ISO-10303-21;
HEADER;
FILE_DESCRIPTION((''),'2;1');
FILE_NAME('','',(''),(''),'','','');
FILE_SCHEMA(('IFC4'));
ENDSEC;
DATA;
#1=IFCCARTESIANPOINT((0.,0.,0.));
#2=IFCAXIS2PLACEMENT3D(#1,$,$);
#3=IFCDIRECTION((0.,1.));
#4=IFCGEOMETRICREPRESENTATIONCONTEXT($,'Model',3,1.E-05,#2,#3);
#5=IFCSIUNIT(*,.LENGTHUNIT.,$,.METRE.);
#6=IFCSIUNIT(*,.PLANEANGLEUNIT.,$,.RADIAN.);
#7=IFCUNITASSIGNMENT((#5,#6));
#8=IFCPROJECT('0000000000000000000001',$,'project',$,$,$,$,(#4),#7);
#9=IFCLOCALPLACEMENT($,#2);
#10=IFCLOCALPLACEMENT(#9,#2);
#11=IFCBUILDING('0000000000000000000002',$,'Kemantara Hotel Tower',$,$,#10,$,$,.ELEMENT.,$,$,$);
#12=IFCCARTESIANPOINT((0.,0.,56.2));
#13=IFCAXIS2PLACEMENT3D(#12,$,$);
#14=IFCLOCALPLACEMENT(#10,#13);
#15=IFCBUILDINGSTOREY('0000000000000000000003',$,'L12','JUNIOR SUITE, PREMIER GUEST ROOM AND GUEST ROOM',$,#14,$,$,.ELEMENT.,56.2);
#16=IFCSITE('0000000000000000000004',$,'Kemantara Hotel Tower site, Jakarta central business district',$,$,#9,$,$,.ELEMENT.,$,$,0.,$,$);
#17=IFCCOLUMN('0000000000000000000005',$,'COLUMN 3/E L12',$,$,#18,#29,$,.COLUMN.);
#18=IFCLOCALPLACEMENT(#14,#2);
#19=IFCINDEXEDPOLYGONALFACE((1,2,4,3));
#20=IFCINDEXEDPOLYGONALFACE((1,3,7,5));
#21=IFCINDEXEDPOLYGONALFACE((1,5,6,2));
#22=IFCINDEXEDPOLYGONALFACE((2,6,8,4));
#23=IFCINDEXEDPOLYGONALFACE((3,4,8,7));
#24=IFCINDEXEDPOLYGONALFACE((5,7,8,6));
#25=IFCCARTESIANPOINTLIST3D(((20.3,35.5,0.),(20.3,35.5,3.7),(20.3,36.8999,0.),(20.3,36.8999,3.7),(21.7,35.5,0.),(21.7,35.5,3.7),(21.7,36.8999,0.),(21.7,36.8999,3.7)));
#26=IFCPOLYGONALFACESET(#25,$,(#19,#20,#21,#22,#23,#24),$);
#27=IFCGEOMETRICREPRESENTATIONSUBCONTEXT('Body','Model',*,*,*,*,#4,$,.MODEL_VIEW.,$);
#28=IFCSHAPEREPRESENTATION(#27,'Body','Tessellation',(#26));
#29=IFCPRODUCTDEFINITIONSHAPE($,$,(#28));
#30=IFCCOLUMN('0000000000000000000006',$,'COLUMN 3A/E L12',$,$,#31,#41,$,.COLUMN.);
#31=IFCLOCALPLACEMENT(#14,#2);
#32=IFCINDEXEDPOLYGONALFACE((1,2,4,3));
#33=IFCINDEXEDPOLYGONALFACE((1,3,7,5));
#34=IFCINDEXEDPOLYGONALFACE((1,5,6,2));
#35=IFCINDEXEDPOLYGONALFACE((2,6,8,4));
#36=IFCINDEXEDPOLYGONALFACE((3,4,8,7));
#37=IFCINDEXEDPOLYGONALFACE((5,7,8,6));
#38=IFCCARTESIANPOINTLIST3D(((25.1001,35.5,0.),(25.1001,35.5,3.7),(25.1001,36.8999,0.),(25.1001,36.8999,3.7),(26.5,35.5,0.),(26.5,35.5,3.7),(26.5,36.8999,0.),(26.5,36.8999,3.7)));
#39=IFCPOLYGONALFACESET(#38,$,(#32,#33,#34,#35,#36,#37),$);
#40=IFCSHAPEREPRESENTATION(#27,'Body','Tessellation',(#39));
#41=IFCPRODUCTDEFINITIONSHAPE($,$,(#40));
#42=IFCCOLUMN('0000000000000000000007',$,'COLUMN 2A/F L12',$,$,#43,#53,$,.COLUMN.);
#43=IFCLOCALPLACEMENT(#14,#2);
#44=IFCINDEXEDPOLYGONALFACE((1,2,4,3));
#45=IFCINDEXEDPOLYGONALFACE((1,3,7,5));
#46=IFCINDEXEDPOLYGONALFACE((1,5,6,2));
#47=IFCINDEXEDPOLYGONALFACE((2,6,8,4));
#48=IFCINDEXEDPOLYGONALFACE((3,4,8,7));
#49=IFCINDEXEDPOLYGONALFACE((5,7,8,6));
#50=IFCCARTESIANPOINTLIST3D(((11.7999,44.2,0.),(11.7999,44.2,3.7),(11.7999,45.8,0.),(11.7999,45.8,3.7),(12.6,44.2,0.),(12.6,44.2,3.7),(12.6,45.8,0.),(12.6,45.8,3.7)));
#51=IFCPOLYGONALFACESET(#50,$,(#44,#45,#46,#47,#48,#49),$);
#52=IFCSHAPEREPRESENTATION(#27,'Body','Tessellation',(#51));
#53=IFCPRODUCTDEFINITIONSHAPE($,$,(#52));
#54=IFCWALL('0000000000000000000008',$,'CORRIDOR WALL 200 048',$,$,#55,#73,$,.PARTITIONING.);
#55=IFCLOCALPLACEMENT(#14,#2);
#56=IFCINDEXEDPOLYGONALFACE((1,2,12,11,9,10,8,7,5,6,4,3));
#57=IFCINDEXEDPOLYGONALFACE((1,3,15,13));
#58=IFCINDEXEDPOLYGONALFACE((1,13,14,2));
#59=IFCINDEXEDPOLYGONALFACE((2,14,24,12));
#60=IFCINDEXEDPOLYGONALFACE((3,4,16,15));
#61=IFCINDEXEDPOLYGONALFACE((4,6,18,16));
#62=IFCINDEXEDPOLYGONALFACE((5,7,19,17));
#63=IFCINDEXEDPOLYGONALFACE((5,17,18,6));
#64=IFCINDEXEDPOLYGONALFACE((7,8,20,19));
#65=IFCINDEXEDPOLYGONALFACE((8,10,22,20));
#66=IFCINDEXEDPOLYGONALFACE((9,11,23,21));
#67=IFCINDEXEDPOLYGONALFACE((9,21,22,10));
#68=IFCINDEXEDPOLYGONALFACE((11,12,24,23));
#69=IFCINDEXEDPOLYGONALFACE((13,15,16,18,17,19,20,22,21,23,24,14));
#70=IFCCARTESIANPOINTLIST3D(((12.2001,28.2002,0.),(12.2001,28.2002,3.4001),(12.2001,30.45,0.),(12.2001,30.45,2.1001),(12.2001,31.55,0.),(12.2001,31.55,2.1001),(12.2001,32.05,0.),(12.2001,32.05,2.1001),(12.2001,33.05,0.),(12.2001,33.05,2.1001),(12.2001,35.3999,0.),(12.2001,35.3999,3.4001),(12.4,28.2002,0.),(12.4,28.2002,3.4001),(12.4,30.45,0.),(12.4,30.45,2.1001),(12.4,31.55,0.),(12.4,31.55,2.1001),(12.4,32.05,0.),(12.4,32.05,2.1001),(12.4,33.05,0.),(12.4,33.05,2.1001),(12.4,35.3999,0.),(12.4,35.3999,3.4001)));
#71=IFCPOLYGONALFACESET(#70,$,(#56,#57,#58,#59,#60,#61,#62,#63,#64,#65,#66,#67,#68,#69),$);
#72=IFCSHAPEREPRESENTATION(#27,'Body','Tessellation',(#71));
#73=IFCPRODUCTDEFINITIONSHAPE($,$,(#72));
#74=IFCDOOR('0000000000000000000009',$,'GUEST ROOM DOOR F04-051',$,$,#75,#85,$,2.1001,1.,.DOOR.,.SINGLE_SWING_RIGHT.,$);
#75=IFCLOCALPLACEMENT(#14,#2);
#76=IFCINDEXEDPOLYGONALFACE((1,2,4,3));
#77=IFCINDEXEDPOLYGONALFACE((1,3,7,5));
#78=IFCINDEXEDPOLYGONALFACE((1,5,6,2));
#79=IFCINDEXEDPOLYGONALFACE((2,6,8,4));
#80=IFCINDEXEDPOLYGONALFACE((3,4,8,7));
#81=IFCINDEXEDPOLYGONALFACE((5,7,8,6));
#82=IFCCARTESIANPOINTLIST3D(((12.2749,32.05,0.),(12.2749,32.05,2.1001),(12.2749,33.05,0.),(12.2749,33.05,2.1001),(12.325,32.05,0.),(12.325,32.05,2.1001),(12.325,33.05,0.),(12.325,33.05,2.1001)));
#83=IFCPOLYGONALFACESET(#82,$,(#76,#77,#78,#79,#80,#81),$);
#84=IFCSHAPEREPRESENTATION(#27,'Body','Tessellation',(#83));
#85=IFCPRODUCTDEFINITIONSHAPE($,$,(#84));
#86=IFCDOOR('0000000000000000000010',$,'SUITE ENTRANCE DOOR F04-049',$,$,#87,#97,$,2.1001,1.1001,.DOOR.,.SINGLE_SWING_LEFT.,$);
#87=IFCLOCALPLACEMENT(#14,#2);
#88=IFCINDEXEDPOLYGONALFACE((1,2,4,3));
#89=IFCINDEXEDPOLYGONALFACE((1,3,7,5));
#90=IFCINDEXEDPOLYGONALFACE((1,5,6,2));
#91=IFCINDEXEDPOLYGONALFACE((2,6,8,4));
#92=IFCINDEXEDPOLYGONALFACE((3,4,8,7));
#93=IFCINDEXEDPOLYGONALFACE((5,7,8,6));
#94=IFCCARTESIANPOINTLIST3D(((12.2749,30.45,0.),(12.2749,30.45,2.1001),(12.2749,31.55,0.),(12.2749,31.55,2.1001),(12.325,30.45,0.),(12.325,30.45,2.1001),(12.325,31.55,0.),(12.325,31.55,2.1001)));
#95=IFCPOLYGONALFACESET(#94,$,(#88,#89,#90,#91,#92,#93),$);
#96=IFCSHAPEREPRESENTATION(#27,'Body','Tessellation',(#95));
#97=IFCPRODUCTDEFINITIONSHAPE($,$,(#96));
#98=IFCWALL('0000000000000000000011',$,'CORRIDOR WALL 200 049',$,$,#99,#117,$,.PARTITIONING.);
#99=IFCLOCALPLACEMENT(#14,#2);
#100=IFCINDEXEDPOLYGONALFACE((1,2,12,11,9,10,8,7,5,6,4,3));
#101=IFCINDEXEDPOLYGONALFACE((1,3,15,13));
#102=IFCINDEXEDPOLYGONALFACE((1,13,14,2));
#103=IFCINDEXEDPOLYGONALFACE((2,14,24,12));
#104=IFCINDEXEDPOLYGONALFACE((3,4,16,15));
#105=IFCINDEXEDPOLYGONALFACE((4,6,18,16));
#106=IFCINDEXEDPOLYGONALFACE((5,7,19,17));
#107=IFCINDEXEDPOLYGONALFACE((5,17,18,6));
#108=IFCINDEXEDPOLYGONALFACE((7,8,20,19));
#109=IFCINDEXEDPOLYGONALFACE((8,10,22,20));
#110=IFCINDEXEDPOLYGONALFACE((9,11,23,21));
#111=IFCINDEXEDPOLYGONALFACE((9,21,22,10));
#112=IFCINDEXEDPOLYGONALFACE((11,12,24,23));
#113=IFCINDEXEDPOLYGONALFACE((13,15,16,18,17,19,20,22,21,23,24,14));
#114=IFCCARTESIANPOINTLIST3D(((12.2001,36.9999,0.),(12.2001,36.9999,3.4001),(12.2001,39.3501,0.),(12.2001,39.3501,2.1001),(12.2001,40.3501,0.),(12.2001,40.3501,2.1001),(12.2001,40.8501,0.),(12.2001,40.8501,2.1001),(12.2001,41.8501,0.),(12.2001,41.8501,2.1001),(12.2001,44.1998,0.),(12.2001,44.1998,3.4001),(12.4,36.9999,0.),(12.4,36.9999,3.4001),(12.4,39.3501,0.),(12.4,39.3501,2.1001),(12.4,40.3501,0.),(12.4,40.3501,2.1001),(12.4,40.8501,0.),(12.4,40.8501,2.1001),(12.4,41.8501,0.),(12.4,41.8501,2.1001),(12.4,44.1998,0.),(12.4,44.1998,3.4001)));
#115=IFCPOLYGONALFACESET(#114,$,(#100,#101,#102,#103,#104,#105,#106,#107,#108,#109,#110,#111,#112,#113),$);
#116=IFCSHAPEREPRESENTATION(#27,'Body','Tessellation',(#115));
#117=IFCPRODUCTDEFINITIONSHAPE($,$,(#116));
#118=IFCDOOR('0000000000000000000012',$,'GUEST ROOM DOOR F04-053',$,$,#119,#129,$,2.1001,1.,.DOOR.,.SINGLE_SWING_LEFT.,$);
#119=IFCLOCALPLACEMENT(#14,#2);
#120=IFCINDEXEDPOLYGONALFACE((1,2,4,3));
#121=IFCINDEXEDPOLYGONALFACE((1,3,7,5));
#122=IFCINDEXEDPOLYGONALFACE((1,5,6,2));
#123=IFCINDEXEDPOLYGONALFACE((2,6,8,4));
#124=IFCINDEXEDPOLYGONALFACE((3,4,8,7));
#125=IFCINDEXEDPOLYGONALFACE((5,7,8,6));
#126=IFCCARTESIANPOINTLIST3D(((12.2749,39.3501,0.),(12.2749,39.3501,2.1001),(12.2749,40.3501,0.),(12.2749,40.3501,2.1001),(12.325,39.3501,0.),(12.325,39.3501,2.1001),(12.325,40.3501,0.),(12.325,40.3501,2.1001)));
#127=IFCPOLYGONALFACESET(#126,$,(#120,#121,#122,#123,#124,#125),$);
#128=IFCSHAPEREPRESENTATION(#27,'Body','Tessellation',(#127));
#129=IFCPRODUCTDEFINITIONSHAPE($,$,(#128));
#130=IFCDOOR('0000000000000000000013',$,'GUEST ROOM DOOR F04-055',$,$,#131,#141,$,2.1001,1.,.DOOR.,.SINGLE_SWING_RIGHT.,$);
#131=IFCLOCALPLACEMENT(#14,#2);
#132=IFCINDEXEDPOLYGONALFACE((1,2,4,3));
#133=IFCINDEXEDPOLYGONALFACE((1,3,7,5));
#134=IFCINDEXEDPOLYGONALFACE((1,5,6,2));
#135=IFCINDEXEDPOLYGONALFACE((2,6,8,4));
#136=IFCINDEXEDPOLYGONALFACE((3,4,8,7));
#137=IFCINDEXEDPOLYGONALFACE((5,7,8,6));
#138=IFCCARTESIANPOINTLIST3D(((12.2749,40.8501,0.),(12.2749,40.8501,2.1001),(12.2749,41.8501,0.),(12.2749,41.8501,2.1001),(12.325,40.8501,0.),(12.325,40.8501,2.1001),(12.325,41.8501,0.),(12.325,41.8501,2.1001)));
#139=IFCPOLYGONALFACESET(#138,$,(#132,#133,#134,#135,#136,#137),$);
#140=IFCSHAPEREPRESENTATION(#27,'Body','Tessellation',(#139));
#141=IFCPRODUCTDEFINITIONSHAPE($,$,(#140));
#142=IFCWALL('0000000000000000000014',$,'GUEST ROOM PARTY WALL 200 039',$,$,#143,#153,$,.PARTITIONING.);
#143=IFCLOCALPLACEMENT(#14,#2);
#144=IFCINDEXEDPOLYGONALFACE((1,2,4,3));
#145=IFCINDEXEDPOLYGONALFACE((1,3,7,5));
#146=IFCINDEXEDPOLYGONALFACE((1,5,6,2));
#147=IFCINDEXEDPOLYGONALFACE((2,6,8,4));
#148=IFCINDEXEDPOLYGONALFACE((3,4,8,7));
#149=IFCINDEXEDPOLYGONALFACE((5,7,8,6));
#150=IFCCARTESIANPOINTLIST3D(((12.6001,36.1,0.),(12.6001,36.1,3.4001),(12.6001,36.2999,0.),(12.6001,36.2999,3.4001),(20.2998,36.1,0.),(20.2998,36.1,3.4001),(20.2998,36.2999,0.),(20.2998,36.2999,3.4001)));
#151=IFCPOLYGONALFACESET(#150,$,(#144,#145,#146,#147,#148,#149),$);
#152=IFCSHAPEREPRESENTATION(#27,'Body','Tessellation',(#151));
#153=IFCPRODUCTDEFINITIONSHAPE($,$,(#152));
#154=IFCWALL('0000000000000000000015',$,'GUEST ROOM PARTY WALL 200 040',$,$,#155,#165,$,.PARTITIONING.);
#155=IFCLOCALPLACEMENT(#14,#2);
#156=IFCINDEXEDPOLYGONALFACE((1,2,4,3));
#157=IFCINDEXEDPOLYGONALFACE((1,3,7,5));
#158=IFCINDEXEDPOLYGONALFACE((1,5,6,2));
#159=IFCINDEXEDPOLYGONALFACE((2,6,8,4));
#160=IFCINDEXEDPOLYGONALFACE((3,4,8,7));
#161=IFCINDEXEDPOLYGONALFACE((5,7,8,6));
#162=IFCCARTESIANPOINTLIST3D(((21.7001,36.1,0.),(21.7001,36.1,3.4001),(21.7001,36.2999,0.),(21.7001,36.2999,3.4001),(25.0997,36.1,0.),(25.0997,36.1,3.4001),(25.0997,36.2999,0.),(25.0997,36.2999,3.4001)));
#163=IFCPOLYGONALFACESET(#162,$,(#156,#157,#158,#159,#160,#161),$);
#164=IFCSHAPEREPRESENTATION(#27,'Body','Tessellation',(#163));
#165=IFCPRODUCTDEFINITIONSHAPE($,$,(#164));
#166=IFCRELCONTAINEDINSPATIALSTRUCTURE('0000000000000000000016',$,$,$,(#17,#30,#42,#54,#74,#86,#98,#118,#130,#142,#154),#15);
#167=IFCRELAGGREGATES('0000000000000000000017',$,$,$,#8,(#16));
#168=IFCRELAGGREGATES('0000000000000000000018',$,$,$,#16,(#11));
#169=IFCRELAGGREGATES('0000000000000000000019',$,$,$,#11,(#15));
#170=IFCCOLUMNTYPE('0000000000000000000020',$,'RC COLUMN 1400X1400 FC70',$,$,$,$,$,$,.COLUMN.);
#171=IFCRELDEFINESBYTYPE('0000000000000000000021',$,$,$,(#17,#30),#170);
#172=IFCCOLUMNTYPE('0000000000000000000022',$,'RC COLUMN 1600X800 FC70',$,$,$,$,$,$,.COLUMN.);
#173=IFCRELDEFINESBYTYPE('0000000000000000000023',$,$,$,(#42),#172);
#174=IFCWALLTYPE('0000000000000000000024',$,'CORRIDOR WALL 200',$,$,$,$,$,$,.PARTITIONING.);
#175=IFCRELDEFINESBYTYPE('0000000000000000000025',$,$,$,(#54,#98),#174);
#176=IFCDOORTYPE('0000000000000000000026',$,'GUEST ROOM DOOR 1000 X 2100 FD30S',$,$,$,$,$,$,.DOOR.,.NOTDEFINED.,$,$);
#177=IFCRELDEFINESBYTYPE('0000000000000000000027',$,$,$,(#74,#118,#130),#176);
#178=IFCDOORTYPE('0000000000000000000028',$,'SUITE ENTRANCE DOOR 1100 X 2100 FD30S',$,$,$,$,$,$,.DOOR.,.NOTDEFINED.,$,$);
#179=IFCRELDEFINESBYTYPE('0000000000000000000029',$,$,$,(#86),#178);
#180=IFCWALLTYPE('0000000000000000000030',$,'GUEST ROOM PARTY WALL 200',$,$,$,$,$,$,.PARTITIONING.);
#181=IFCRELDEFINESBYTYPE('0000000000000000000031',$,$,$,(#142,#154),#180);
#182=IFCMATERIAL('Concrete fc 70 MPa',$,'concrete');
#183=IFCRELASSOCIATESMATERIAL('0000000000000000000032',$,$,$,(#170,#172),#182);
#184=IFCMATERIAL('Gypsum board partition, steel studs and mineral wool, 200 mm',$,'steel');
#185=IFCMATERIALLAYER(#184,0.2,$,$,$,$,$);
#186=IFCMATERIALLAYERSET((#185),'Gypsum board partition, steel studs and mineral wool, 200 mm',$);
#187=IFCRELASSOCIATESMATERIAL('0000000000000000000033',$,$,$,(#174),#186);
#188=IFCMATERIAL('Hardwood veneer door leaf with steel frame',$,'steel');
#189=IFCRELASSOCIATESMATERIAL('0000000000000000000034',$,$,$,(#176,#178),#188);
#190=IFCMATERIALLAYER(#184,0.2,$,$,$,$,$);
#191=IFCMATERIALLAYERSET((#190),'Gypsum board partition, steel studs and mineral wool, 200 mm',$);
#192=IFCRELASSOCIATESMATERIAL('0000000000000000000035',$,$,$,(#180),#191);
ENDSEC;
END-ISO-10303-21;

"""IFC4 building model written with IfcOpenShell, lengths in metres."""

from ifc_helpers import new_model, si_unit, direction, frame, frame_2d, origin, origin_2d, place, context, subcontext, project, spatial, rectangle, extrude, material, layer, layer_set, material_profile, profile_set, type_object, element, fill, save


model = new_model("IFC4")

# Units and contexts
model_context = context("Model", 3, precision=1e-05, world=origin(), true_north=direction((0.0, 1.0)))
body_context = subcontext(model_context, "Body", "Model", "MODEL_VIEW")
ifc_project = project(units=[si_unit("LENGTHUNIT", "METRE"), si_unit("PLANEANGLEUNIT", "RADIAN")], contexts=[model_context])

# Site, building, storey
site_placement = place(None, origin())
site = spatial("IfcSite", under=ifc_project, at=site_placement, Name="Kemantara Hotel Tower site, Jakarta central business district", CompositionType="ELEMENT", RefElevation=0.0)
building_placement = place(site_placement, origin())
building = spatial("IfcBuilding", under=site, at=building_placement, Name="Kemantara Hotel Tower", CompositionType="ELEMENT")
storey_placement = place(building_placement, frame((0.0, 0.0, 56.2)))
storey = spatial("IfcBuildingStorey", under=building, at=storey_placement, Name="L12", Description="JUNIOR SUITE, PREMIER GUEST ROOM AND GUEST ROOM", CompositionType="ELEMENT", Elevation=56.2)

# Columns
ifc_material_1 = material(Name="Concrete fc 70 MPa", Category="concrete")
ifc_material_profile_1 = material_profile(ifc_material_1, rectangle(XDim=1.3999, YDim=1.3999, at=origin_2d()), Name="RC 1400X1400")
ifc_profile_set_1 = profile_set([ifc_material_profile_1], Name="Concrete fc 70 MPa")
column_type_1 = type_object("IfcColumnType", Name="RC COLUMN 1400X1400 FC70", PredefinedType="COLUMN", material=ifc_profile_set_1)
for number, where, z_axis, x_axis, name in (
    (1, (21.0, 36.2, 0.0), (0.0, 0.0, 1.0), (1.0, 0.0, 0.0), "COLUMN 3/E L12"),
    (2, (25.8, 36.2, 0.0), (0.0, 0.0, 1.0), (1.0, 0.0, 0.0), "COLUMN 3A/E L12"),
):
    element("IfcColumn", number, at=place(storey_placement, frame(where, z_axis=z_axis, x_axis=x_axis)), inside=storey, type_object=column_type_1, Name=name, PredefinedType="COLUMN", context=body_context, shape_type="SweptSolid", body=[
        extrude(rectangle(XDim=1.3999, YDim=1.3999, at=origin_2d()), origin(), (0.0, 0.0, 1.0), 3.7),
    ])
ifc_material_profile_2 = material_profile(ifc_material_1, rectangle(XDim=1.6001, YDim=0.8, at=origin_2d()), Name="RC 1600X800")
ifc_profile_set_2 = profile_set([ifc_material_profile_2], Name="Concrete fc 70 MPa")
column_type_2 = type_object("IfcColumnType", Name="RC COLUMN 1600X800 FC70", PredefinedType="COLUMN", material=ifc_profile_set_2)
column_placement = place(storey_placement, frame((12.2, 45.0, 0.0), z_axis=(0.0, 0.0, 1.0), x_axis=(0.0, 1.0, 0.0)))
element("IfcColumn", 3, at=column_placement, inside=storey, type_object=column_type_2, Name="COLUMN 2A/F L12", PredefinedType="COLUMN", context=body_context, shape_type="SweptSolid", body=[
    extrude(rectangle(XDim=1.6001, YDim=0.8, at=origin_2d()), origin(), (0.0, 0.0, 1.0), 3.7),
])

# Walls, openings, doors
ifc_material_2 = material(Name="Gypsum board partition, steel studs and mineral wool, 200 mm", Category="steel")
ifc_layer_1 = layer(ifc_material_2, 0.2)
ifc_layer_set_1 = layer_set([ifc_layer_1], Name="Gypsum board partition, steel studs and mineral wool, 200 mm")
wall_type_1 = type_object("IfcWallType", Name="CORRIDOR WALL 200", PredefinedType="PARTITIONING", material=ifc_layer_set_1)
wall_1_placement = place(storey_placement, frame((12.3, 35.3999, 0.0), z_axis=(0.0, 0.0, 1.0), x_axis=(0.0, -1.0, 0.0)))
wall_1 = element("IfcWall", 4, at=wall_1_placement, inside=storey, type_object=wall_type_1, Name="CORRIDOR WALL 200 048", PredefinedType="PARTITIONING", context=body_context, shape_type="SweptSolid", body=[
    extrude(rectangle(XDim=7.1997, YDim=0.2, at=frame_2d((3.5999, 0.0))), origin(), (0.0, 0.0, 1.0), 3.4001),
])
opening_1_placement = place(wall_1_placement, frame((3.8499, 0.0, 0.0)))
opening_1 = element("IfcOpeningElement", 5, at=opening_1_placement, cuts=wall_1, PredefinedType="OPENING", context=body_context, shape_type="SweptSolid", body=[
    extrude(rectangle(XDim=1.1001, YDim=2.1001, at=frame_2d((0.55, 1.05))), frame((0.0, 0.1099, 0.0), z_axis=(0.0, -1.0, 0.0), x_axis=(1.0, 0.0, 0.0)), (0.0, 0.0, 1.0), 0.22),
])
opening_2_placement = place(wall_1_placement, frame((2.3499, 0.0, 0.0)))
opening_2 = element("IfcOpeningElement", 6, at=opening_2_placement, cuts=wall_1, PredefinedType="OPENING", context=body_context, shape_type="SweptSolid", body=[
    extrude(rectangle(XDim=1.0, YDim=2.1001, at=frame_2d((0.5, 1.05))), frame((0.0, 0.1099, 0.0), z_axis=(0.0, -1.0, 0.0), x_axis=(1.0, 0.0, 0.0)), (0.0, 0.0, 1.0), 0.22),
])
ifc_material_3 = material(Name="Hardwood veneer door leaf with steel frame", Category="steel")
door_type_1 = type_object("IfcDoorType", Name="GUEST ROOM DOOR 1000 X 2100 FD30S", OperationType="NOTDEFINED", PredefinedType="DOOR", material=ifc_material_3)
door_1_placement = place(opening_2_placement, origin())
door_1 = element("IfcDoor", 7, at=door_1_placement, inside=storey, type_object=door_type_1, Name="GUEST ROOM DOOR F04-051", OperationType="SINGLE_SWING_RIGHT", OverallHeight=2.1001, OverallWidth=1.0, PredefinedType="DOOR", context=body_context, shape_type="SweptSolid", body=[
    extrude(rectangle(XDim=1.0, YDim=2.1001, at=frame_2d((0.5, 1.05))), frame((0.0, 0.0249, 0.0), z_axis=(0.0, -1.0, 0.0), x_axis=(1.0, 0.0, 0.0)), (0.0, 0.0, 1.0), 0.05),
])
fill(opening_2, door_1)
door_type_2 = type_object("IfcDoorType", Name="SUITE ENTRANCE DOOR 1100 X 2100 FD30S", OperationType="NOTDEFINED", PredefinedType="DOOR", material=ifc_material_3)
door_2_placement = place(opening_1_placement, origin())
door_2 = element("IfcDoor", 8, at=door_2_placement, inside=storey, type_object=door_type_2, Name="SUITE ENTRANCE DOOR F04-049", OperationType="SINGLE_SWING_LEFT", OverallHeight=2.1001, OverallWidth=1.1001, PredefinedType="DOOR", context=body_context, shape_type="SweptSolid", body=[
    extrude(rectangle(XDim=1.1001, YDim=2.1001, at=frame_2d((0.55, 1.05))), frame((0.0, 0.0249, 0.0), z_axis=(0.0, -1.0, 0.0), x_axis=(1.0, 0.0, 0.0)), (0.0, 0.0, 1.0), 0.05),
])
fill(opening_1, door_2)
wall_2_placement = place(storey_placement, frame((12.3, 44.2, 0.0), z_axis=(0.0, 0.0, 1.0), x_axis=(0.0, -1.0, 0.0)))
wall_2 = element("IfcWall", 9, at=wall_2_placement, inside=storey, type_object=wall_type_1, Name="CORRIDOR WALL 200 049", PredefinedType="PARTITIONING", context=body_context, shape_type="SweptSolid", body=[
    extrude(rectangle(XDim=7.2, YDim=0.2, at=frame_2d((3.6001, 0.0))), origin(), (0.0, 0.0, 1.0), 3.4001),
])
opening_3_placement = place(wall_2_placement, frame((3.8499, 0.0, 0.0)))
opening_3 = element("IfcOpeningElement", 10, at=opening_3_placement, cuts=wall_2, PredefinedType="OPENING", context=body_context, shape_type="SweptSolid", body=[
    extrude(rectangle(XDim=1.0, YDim=2.1001, at=frame_2d((0.5, 1.05))), frame((0.0, 0.1099, 0.0), z_axis=(0.0, -1.0, 0.0), x_axis=(1.0, 0.0, 0.0)), (0.0, 0.0, 1.0), 0.22),
])
opening_4_placement = place(wall_2_placement, frame((2.3499, 0.0, 0.0)))
opening_4 = element("IfcOpeningElement", 11, at=opening_4_placement, cuts=wall_2, PredefinedType="OPENING", context=body_context, shape_type="SweptSolid", body=[
    extrude(rectangle(XDim=1.0, YDim=2.1001, at=frame_2d((0.5, 1.05))), frame((0.0, 0.1099, 0.0), z_axis=(0.0, -1.0, 0.0), x_axis=(1.0, 0.0, 0.0)), (0.0, 0.0, 1.0), 0.22),
])
door_3_placement = place(opening_3_placement, origin())
door_3 = element("IfcDoor", 12, at=door_3_placement, inside=storey, type_object=door_type_1, Name="GUEST ROOM DOOR F04-053", OperationType="SINGLE_SWING_LEFT", OverallHeight=2.1001, OverallWidth=1.0, PredefinedType="DOOR", context=body_context, shape_type="SweptSolid", body=[
    extrude(rectangle(XDim=1.0, YDim=2.1001, at=frame_2d((0.5, 1.05))), frame((0.0, 0.0249, 0.0), z_axis=(0.0, -1.0, 0.0), x_axis=(1.0, 0.0, 0.0)), (0.0, 0.0, 1.0), 0.05),
])
fill(opening_3, door_3)
door_4_placement = place(opening_4_placement, origin())
door_4 = element("IfcDoor", 13, at=door_4_placement, inside=storey, type_object=door_type_1, Name="GUEST ROOM DOOR F04-055", OperationType="SINGLE_SWING_RIGHT", OverallHeight=2.1001, OverallWidth=1.0, PredefinedType="DOOR", context=body_context, shape_type="SweptSolid", body=[
    extrude(rectangle(XDim=1.0, YDim=2.1001, at=frame_2d((0.5, 1.05))), frame((0.0, 0.0249, 0.0), z_axis=(0.0, -1.0, 0.0), x_axis=(1.0, 0.0, 0.0)), (0.0, 0.0, 1.0), 0.05),
])
fill(opening_4, door_4)

# Walls
ifc_layer_2 = layer(ifc_material_2, 0.2)
ifc_layer_set_2 = layer_set([ifc_layer_2], Name="Gypsum board partition, steel studs and mineral wool, 200 mm")
wall_type_2 = type_object("IfcWallType", Name="GUEST ROOM PARTY WALL 200", PredefinedType="PARTITIONING", material=ifc_layer_set_2)
wall_3_placement = place(storey_placement, frame((12.6001, 36.2, 0.0), z_axis=(0.0, 0.0, 1.0), x_axis=(1.0, 0.0, 0.0)))
element("IfcWall", 14, at=wall_3_placement, inside=storey, type_object=wall_type_2, Name="GUEST ROOM PARTY WALL 200 039", PredefinedType="PARTITIONING", context=body_context, shape_type="SweptSolid", body=[
    extrude(rectangle(XDim=7.6997, YDim=0.2, at=frame_2d((3.8499, 0.0))), origin(), (0.0, 0.0, 1.0), 3.4001),
])
wall_4_placement = place(storey_placement, frame((21.7002, 36.2, 0.0), z_axis=(0.0, 0.0, 1.0), x_axis=(1.0, 0.0, 0.0)))
element("IfcWall", 15, at=wall_4_placement, inside=storey, type_object=wall_type_2, Name="GUEST ROOM PARTY WALL 200 040", PredefinedType="PARTITIONING", context=body_context, shape_type="SweptSolid", body=[
    extrude(rectangle(XDim=3.3997, YDim=0.2, at=frame_2d((1.6997, 0.0))), origin(), (0.0, 0.0, 1.0), 3.4001),
])

save(model, "model.ifc")
